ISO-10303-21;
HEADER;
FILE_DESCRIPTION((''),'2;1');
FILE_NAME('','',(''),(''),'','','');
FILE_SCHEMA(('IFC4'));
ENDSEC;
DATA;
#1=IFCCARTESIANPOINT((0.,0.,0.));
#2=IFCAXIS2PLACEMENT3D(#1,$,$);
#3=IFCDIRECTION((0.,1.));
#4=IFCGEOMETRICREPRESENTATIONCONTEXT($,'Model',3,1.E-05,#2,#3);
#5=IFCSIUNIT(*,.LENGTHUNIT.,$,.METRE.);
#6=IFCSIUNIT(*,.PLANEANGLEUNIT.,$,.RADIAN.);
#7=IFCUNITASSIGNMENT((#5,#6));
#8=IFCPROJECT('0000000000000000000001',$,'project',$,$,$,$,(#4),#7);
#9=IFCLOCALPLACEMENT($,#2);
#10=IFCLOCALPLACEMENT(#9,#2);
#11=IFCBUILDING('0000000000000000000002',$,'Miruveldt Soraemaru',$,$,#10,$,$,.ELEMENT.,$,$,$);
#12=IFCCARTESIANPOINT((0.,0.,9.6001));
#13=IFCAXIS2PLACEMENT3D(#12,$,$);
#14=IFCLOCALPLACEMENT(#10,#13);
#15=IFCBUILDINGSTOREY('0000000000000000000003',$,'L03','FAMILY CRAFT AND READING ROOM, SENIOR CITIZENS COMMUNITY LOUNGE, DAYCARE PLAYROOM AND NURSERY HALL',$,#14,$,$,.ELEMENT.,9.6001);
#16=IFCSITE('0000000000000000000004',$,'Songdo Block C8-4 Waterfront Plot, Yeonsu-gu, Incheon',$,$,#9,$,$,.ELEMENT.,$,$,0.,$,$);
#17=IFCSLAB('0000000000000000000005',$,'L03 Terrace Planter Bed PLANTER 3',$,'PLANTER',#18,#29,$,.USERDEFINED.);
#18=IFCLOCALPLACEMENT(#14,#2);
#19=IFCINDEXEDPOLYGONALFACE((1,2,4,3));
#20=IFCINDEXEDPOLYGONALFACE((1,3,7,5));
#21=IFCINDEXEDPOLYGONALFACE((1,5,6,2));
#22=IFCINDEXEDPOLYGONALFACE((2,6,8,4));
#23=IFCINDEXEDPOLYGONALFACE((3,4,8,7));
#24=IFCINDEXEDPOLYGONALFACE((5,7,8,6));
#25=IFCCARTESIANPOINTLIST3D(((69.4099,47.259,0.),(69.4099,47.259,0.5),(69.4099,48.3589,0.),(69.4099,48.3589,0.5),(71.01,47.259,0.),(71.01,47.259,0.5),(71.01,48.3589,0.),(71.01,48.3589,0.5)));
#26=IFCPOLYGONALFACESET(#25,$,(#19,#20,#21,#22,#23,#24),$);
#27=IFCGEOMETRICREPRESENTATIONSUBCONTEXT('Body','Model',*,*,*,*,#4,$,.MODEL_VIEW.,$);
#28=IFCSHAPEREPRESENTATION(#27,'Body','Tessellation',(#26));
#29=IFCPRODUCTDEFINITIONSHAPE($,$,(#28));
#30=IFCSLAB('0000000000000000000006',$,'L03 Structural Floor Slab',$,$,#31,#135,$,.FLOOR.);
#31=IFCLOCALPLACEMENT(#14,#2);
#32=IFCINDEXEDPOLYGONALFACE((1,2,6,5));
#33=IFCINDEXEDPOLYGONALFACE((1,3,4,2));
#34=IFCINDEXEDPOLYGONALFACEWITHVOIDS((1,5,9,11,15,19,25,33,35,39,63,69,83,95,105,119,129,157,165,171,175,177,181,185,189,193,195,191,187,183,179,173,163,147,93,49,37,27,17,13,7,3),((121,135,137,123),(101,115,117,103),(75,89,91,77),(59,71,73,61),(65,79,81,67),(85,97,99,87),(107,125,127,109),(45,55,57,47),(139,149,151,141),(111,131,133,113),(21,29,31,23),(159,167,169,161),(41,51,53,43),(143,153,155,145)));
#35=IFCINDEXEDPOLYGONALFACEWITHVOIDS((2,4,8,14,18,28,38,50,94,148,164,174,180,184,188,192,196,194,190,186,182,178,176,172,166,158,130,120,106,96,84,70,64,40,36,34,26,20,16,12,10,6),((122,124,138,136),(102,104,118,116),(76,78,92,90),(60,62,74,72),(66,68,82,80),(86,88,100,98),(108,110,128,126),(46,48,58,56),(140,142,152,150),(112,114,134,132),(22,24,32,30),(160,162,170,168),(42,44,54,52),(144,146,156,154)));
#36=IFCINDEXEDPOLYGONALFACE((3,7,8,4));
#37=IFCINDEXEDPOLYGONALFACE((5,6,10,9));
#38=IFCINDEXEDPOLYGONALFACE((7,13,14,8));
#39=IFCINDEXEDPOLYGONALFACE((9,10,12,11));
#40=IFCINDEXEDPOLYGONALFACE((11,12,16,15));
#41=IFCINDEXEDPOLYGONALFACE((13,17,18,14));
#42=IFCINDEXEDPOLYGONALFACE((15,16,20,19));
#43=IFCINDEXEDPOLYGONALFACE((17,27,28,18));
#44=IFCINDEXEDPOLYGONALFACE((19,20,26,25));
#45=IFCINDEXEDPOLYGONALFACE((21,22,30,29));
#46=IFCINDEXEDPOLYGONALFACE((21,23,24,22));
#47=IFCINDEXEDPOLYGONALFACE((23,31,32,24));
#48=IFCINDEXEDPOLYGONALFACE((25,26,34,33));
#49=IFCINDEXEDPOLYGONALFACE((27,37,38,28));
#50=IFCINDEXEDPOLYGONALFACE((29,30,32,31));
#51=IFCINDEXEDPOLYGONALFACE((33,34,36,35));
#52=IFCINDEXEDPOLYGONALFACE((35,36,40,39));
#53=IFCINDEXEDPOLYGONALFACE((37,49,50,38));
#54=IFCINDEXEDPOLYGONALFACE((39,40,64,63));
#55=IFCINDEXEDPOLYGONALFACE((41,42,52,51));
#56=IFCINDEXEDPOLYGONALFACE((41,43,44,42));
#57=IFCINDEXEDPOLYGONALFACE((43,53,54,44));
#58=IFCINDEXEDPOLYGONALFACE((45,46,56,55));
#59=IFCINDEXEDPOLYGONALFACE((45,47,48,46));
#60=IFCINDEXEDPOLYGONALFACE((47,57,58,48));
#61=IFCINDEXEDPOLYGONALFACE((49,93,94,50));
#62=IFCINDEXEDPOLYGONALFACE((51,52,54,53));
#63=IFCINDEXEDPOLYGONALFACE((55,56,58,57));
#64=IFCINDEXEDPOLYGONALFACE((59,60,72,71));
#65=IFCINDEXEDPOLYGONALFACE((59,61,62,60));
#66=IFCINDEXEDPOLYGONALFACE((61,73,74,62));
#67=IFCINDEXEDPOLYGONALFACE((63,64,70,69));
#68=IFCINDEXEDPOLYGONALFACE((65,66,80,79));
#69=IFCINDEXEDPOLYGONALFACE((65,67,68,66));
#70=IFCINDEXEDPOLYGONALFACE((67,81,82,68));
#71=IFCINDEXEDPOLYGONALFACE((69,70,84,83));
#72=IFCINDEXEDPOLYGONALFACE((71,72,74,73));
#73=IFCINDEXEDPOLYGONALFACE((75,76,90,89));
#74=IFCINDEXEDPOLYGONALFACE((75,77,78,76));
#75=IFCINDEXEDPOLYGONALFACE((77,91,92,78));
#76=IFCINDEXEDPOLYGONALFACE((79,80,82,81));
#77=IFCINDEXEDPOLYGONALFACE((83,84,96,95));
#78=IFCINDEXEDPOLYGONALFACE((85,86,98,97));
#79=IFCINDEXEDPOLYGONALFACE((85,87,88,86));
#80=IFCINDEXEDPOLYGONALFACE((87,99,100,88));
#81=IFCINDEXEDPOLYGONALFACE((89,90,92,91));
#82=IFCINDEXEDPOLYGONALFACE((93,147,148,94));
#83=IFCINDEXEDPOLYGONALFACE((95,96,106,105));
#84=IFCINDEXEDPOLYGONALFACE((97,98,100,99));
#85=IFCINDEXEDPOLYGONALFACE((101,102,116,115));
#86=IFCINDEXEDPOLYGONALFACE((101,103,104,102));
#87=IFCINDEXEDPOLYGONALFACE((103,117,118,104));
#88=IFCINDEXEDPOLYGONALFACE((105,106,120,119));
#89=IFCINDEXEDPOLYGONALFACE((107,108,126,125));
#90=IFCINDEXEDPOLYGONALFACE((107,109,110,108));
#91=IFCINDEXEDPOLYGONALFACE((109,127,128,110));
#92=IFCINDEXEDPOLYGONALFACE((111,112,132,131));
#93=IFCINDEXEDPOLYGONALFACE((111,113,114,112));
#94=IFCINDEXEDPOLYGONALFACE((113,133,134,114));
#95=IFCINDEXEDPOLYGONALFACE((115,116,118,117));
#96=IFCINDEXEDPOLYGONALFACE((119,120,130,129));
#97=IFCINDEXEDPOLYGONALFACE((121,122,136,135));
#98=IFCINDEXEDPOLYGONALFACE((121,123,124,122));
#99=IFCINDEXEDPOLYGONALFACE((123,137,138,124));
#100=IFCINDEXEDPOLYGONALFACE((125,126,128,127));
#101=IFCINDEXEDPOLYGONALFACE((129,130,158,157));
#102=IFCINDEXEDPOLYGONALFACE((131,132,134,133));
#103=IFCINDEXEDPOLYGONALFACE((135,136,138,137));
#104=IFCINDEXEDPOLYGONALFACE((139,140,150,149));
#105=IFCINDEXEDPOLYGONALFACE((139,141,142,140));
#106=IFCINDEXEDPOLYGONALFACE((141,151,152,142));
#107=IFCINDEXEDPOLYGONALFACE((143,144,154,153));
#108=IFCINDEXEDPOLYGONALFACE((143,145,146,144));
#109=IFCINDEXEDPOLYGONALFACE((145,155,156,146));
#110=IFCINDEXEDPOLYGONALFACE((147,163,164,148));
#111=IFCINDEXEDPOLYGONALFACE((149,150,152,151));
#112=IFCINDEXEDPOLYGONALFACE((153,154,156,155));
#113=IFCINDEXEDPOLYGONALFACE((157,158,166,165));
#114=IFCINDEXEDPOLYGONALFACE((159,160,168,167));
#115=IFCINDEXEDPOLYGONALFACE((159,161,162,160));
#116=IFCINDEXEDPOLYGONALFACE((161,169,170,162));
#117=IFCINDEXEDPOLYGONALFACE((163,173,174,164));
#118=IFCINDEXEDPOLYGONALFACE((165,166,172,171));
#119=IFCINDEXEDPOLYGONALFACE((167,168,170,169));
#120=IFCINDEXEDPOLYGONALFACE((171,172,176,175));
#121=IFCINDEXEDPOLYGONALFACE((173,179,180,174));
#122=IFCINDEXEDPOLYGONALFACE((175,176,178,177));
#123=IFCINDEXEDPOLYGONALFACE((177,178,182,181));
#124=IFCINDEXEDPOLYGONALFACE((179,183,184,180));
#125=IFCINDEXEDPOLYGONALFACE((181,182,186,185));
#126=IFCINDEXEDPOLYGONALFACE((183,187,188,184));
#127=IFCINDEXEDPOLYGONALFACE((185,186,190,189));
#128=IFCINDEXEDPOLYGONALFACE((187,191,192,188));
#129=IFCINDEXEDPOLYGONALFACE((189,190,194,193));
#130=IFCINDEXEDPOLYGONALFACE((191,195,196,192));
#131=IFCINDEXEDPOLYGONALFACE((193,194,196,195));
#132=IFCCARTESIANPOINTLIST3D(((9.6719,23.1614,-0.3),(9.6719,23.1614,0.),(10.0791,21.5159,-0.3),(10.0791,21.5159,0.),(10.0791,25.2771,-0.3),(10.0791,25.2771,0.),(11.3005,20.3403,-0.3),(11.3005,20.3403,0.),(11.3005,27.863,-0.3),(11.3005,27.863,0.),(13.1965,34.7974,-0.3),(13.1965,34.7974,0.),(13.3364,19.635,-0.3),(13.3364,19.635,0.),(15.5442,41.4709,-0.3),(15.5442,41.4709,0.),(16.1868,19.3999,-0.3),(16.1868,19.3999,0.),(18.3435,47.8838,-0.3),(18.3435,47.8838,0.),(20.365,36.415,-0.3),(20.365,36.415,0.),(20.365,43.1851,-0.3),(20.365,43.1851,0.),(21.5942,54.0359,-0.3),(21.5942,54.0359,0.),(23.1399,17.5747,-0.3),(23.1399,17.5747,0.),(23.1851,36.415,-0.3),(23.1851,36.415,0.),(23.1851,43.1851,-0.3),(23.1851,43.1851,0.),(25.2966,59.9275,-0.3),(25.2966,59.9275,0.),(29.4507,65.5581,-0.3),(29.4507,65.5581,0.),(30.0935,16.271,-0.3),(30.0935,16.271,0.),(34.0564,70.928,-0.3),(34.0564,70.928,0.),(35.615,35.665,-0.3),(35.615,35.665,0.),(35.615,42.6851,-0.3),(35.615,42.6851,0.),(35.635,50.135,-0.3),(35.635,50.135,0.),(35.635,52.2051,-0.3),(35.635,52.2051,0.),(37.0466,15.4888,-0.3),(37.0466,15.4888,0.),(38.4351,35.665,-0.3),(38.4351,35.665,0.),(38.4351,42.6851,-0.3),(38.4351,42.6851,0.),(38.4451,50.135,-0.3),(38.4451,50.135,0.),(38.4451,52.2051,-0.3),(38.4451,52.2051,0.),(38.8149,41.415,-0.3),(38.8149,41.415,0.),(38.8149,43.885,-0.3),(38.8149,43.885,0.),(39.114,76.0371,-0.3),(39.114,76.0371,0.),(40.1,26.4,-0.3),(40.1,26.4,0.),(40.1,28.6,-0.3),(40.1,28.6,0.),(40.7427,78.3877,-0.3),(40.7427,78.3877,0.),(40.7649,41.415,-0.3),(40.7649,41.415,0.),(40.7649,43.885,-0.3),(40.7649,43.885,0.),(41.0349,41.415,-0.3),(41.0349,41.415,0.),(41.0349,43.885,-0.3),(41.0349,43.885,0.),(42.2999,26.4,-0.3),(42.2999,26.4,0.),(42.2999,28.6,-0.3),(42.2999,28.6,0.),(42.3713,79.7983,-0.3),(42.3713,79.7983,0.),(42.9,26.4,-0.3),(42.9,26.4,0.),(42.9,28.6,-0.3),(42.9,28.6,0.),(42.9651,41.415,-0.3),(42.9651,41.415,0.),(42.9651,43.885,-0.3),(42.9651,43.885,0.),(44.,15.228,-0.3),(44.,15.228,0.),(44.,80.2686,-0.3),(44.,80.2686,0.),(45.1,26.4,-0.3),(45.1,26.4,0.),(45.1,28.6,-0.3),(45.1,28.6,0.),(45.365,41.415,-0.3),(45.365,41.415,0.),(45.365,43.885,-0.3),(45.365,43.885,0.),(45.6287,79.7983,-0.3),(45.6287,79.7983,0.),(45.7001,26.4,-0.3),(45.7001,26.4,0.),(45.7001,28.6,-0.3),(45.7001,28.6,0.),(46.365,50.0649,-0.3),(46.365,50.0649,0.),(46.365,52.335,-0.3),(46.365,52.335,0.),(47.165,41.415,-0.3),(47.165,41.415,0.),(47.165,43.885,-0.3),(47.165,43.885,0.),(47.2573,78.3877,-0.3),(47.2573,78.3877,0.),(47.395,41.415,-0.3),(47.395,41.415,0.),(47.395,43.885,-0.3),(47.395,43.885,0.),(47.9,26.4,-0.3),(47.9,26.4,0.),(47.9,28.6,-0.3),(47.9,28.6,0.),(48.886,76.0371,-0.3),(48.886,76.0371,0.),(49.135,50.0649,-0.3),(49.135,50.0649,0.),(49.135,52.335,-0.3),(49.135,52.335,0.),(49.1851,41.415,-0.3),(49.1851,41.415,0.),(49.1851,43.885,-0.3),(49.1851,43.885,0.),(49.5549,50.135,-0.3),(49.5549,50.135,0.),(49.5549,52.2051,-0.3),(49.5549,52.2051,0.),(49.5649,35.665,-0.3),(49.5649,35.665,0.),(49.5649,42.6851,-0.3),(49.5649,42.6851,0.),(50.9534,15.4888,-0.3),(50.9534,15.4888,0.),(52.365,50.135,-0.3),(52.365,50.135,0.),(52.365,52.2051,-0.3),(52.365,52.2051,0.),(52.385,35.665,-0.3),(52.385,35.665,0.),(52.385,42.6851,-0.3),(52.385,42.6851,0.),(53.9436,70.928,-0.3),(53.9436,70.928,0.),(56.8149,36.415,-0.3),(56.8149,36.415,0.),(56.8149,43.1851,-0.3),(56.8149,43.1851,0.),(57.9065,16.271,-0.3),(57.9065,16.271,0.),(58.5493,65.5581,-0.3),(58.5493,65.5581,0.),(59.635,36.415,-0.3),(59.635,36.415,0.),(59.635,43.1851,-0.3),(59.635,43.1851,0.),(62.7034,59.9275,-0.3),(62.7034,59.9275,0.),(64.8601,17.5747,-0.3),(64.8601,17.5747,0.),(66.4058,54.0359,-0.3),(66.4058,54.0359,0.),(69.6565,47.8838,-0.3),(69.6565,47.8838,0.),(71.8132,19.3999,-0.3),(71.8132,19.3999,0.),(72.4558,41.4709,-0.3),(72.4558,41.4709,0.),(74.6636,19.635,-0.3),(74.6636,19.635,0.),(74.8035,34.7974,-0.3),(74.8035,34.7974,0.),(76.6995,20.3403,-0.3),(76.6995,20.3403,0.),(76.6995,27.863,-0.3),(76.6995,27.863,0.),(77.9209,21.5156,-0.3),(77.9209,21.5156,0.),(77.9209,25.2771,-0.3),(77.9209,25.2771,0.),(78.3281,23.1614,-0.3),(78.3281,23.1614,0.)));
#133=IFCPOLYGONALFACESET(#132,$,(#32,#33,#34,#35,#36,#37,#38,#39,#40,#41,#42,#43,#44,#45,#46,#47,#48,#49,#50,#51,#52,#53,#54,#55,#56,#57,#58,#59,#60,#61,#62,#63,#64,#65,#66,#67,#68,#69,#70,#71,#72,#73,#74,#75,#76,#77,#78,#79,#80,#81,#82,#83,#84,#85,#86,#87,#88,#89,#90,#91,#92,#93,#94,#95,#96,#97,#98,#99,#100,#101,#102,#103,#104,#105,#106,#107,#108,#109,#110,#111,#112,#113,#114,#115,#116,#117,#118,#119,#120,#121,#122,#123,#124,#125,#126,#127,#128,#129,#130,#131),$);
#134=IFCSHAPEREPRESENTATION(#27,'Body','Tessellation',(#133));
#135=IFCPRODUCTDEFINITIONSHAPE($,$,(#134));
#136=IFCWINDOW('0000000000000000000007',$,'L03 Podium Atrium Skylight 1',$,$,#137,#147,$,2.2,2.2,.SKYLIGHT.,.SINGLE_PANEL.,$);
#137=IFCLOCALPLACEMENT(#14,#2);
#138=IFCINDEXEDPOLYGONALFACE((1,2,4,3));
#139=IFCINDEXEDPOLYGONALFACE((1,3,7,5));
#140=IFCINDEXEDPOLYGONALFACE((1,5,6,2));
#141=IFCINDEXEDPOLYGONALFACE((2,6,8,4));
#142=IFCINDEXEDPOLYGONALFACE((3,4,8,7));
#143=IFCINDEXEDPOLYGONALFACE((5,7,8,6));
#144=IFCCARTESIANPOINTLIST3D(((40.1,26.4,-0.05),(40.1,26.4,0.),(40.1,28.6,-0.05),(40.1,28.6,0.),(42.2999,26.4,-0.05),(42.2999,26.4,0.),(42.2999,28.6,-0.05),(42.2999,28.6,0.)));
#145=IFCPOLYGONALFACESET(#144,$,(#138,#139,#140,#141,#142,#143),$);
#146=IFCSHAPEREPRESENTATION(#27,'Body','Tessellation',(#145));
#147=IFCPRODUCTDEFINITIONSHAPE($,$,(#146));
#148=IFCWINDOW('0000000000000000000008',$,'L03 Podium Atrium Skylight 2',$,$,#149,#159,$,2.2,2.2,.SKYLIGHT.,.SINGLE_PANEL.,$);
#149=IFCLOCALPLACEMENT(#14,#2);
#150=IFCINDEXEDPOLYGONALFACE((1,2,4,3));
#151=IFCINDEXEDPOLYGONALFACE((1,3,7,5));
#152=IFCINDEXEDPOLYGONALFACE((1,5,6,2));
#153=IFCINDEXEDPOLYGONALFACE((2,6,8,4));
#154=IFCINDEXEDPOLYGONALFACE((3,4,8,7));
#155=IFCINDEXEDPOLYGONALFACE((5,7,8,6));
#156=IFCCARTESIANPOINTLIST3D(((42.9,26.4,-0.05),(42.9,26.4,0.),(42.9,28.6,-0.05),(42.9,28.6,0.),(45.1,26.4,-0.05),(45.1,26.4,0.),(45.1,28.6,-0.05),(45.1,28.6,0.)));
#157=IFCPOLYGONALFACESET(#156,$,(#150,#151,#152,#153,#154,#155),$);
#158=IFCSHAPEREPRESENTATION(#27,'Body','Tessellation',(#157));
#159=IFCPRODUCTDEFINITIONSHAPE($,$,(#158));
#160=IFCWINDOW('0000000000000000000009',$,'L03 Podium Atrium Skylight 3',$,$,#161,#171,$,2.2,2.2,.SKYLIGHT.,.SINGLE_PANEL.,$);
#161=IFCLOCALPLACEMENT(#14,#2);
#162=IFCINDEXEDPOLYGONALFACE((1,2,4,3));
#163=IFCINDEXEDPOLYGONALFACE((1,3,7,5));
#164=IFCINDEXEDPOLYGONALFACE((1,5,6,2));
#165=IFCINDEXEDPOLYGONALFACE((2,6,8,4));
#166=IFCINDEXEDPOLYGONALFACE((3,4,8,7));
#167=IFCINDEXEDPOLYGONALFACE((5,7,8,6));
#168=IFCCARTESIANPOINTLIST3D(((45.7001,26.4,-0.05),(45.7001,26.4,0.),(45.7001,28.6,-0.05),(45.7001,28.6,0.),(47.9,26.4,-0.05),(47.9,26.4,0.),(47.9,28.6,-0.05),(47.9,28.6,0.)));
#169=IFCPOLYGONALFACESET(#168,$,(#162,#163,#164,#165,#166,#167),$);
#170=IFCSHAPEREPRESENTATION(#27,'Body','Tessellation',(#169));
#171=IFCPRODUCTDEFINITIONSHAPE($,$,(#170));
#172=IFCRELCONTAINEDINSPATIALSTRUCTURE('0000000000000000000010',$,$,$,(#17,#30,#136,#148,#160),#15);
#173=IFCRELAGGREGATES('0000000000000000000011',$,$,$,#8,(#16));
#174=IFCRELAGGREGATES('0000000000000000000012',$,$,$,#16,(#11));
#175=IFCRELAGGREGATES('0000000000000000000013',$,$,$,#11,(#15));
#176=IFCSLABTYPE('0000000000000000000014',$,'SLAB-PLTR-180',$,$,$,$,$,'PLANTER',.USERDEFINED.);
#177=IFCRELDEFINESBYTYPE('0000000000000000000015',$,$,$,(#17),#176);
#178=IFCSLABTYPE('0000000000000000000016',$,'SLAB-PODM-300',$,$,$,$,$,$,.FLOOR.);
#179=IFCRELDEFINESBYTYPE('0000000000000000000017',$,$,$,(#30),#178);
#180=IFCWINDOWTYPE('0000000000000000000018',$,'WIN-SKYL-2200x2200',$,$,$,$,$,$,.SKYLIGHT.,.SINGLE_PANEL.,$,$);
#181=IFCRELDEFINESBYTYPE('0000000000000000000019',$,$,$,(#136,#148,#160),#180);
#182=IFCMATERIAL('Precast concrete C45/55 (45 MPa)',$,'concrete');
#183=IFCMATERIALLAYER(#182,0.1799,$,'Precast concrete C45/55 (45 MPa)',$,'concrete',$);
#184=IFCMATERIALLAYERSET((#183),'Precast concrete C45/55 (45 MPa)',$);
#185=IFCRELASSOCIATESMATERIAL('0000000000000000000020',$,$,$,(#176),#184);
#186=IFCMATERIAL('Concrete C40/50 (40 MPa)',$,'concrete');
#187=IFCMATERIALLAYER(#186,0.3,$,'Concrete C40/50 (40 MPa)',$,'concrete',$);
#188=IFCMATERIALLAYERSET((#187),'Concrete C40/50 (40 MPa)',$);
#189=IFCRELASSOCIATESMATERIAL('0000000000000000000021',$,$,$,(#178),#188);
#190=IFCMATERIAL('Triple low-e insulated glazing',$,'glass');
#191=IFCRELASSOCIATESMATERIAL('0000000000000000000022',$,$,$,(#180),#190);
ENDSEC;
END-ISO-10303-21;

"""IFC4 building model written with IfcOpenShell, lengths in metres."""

from ifc_helpers import new_model, si_unit, direction, frame, origin, origin_2d, place, context, subcontext, project, spatial, polyline, rectangle, outline, extrude, material, layer, layer_set, type_object, element, fill, save


model = new_model("IFC4")

# Units and contexts
model_context = context("Model", 3, precision=1e-05, world=origin(), true_north=direction((0.0, 1.0)))
body_context = subcontext(model_context, "Body", "Model", "MODEL_VIEW")
ifc_project = project(units=[si_unit("LENGTHUNIT", "METRE"), si_unit("PLANEANGLEUNIT", "RADIAN")], contexts=[model_context])

# Site, building, storey
site_placement = place(None, origin())
site = spatial("IfcSite", under=ifc_project, at=site_placement, Name="Songdo Block C8-4 Waterfront Plot, Yeonsu-gu, Incheon", CompositionType="ELEMENT", RefElevation=0.0)
building_placement = place(site_placement, origin())
building = spatial("IfcBuilding", under=site, at=building_placement, Name="Miruveldt Soraemaru", CompositionType="ELEMENT")
storey_placement = place(building_placement, frame((0.0, 0.0, 9.6001)))
storey = spatial("IfcBuildingStorey", under=building, at=storey_placement, Name="L03", Description="FAMILY CRAFT AND READING ROOM, SENIOR CITIZENS COMMUNITY LOUNGE, DAYCARE PLAYROOM AND NURSERY HALL", CompositionType="ELEMENT", Elevation=9.6001)

# Shared definitions
ifc_material_1 = material(Name="Triple low-e insulated glazing", Category="glass")

# Shared definitions
ifc_material_2 = material(Name="Concrete C40/50 (40 MPa)", Category="concrete")

# Slab
ifc_material_3 = material(Name="Precast concrete C45/55 (45 MPa)", Category="concrete")
ifc_layer_1 = layer(ifc_material_3, 0.1799, Name="Precast concrete C45/55 (45 MPa)", Category="concrete")
ifc_layer_set_1 = layer_set([ifc_layer_1], Name="Precast concrete C45/55 (45 MPa)")
slab_type_1 = type_object("IfcSlabType", Name="SLAB-PLTR-180", ElementType="PLANTER", PredefinedType="USERDEFINED", material=ifc_layer_set_1)
slab_1_placement = place(storey_placement, origin())
element("IfcSlab", 1, at=slab_1_placement, inside=storey, type_object=slab_type_1, Name="L03 Terrace Planter Bed PLANTER 3", ObjectType="PLANTER", PredefinedType="USERDEFINED", context=body_context, shape_type="SweptSolid", body=[
    extrude(outline(polyline([(69.4099, 47.259), (71.01, 47.259), (71.01, 48.3589), (69.4099, 48.3589), (69.4099, 47.259)])), origin(), (0.0, 0.0, 1.0), 0.5),
])

# Slab, openings, windows
ifc_layer_2 = layer(ifc_material_2, 0.3, Name="Concrete C40/50 (40 MPa)", Category="concrete")
ifc_layer_set_2 = layer_set([ifc_layer_2], Name="Concrete C40/50 (40 MPa)")
slab_type_2 = type_object("IfcSlabType", Name="SLAB-PODM-300", PredefinedType="FLOOR", material=ifc_layer_set_2)
slab_2_placement = place(storey_placement, frame((0.0, 0.0, -0.3)))
slab_2 = element("IfcSlab", 2, at=slab_2_placement, inside=storey, type_object=slab_type_2, Name="L03 Structural Floor Slab", PredefinedType="FLOOR", context=body_context, shape_type="SweptSolid", body=[
    extrude(outline(polyline([(53.9436, 70.928), (58.5493, 65.5581), (62.7034, 59.9275), (66.4058, 54.0359), (69.6565, 47.8838), (72.4558, 41.4709), (74.8035, 34.7974), (76.6995, 27.863), (77.9209, 25.2771), (78.3281, 23.1614), (77.9209, 21.5156), (76.6995, 20.3403), (74.6636, 19.635), (71.8132, 19.3999), (64.8601, 17.5747), (57.9065, 16.271), (50.9534, 15.4888), (44.0, 15.228), (37.0466, 15.4888), (30.0935, 16.271), (23.1399, 17.5747), (16.1868, 19.3999), (13.3364, 19.635), (11.3005, 20.3403), (10.0791, 21.5159), (9.6719, 23.1614), (10.0791, 25.2771), (11.3005, 27.863), (13.1965, 34.7974), (15.5442, 41.4709), (18.3435, 47.8838), (21.5942, 54.0359), (25.2966, 59.9275), (29.4507, 65.5581), (34.0564, 70.928), (39.114, 76.0371), (40.7427, 78.3877), (42.3713, 79.7983), (44.0, 80.2686), (45.6287, 79.7983), (47.2573, 78.3877), (48.886, 76.0371), (53.9436, 70.928)]), holes=[polyline([(35.615, 35.665), (38.4351, 35.665), (38.4351, 42.6851), (35.615, 42.6851), (35.615, 35.665)]), polyline([(20.365, 36.415), (23.1851, 36.415), (23.1851, 43.1851), (20.365, 43.1851), (20.365, 36.415)]), polyline([(40.7649, 41.415), (40.7649, 43.885), (38.8149, 43.885), (38.8149, 41.415), (40.7649, 41.415)]), polyline([(41.0349, 41.415), (42.9651, 41.415), (42.9651, 43.885), (41.0349, 43.885), (41.0349, 41.415)]), polyline([(45.365, 41.415), (47.165, 41.415), (47.165, 43.885), (45.365, 43.885), (45.365, 41.415)]), polyline([(38.4451, 50.135), (38.4451, 52.2051), (35.635, 52.2051), (35.635, 50.135), (38.4451, 50.135)]), polyline([(49.5649, 42.6851), (49.5649, 35.665), (52.385, 35.665), (52.385, 42.6851), (49.5649, 42.6851)]), polyline([(56.8149, 43.1851), (56.8149, 36.415), (59.635, 36.415), (59.635, 43.1851), (56.8149, 43.1851)]), polyline([(49.1851, 41.415), (49.1851, 43.885), (47.395, 43.885), (47.395, 41.415), (49.1851, 41.415)]), polyline([(49.5549, 50.135), (52.365, 50.135), (52.365, 52.2051), (49.5549, 52.2051), (49.5549, 50.135)]), polyline([(46.365, 50.0649), (49.135, 50.0649), (49.135, 52.335), (46.365, 52.335), (46.365, 50.0649)])]), origin(), (0.0, 0.0, 1.0), 0.3),
])
opening_1_placement = place(slab_2_placement, frame((41.2, 27.5, -0.01)))
opening_1 = element("IfcOpeningElement", 3, at=opening_1_placement, cuts=slab_2, PredefinedType="OPENING", context=body_context, shape_type="SweptSolid", body=[
    extrude(rectangle(XDim=2.2, YDim=2.2, at=origin_2d()), origin(), (0.0, 0.0, 1.0), 0.3201),
])
opening_2_placement = place(slab_2_placement, frame((44.0, 27.5, -0.01)))
opening_2 = element("IfcOpeningElement", 4, at=opening_2_placement, cuts=slab_2, PredefinedType="OPENING", context=body_context, shape_type="SweptSolid", body=[
    extrude(rectangle(XDim=2.2, YDim=2.2, at=origin_2d()), origin(), (0.0, 0.0, 1.0), 0.3201),
])
opening_3_placement = place(slab_2_placement, frame((46.8, 27.5, -0.01)))
opening_3 = element("IfcOpeningElement", 5, at=opening_3_placement, cuts=slab_2, PredefinedType="OPENING", context=body_context, shape_type="SweptSolid", body=[
    extrude(rectangle(XDim=2.2, YDim=2.2, at=origin_2d()), origin(), (0.0, 0.0, 1.0), 0.3201),
])
window_type = type_object("IfcWindowType", Name="WIN-SKYL-2200x2200", PartitioningType="SINGLE_PANEL", PredefinedType="SKYLIGHT", material=ifc_material_1)
window_1_placement = place(opening_1_placement, frame((0.0, 0.0, 0.26)))
window_1 = element("IfcWindow", 6, at=window_1_placement, inside=storey, type_object=window_type, Name="L03 Podium Atrium Skylight 1", OverallHeight=2.2, OverallWidth=2.2, PartitioningType="SINGLE_PANEL", PredefinedType="SKYLIGHT", context=body_context, shape_type="SweptSolid", body=[
    extrude(rectangle(XDim=2.2, YDim=2.2, at=origin_2d()), origin(), (0.0, 0.0, 1.0), 0.05),
])
fill(opening_1, window_1)
window_2_placement = place(opening_2_placement, frame((0.0, 0.0, 0.26)))
window_2 = element("IfcWindow", 7, at=window_2_placement, inside=storey, type_object=window_type, Name="L03 Podium Atrium Skylight 2", OverallHeight=2.2, OverallWidth=2.2, PartitioningType="SINGLE_PANEL", PredefinedType="SKYLIGHT", context=body_context, shape_type="SweptSolid", body=[
    extrude(rectangle(XDim=2.2, YDim=2.2, at=origin_2d()), origin(), (0.0, 0.0, 1.0), 0.05),
])
fill(opening_2, window_2)
window_3_placement = place(opening_3_placement, frame((0.0, 0.0, 0.26)))
window_3 = element("IfcWindow", 8, at=window_3_placement, inside=storey, type_object=window_type, Name="L03 Podium Atrium Skylight 3", OverallHeight=2.2, OverallWidth=2.2, PartitioningType="SINGLE_PANEL", PredefinedType="SKYLIGHT", context=body_context, shape_type="SweptSolid", body=[
    extrude(rectangle(XDim=2.2, YDim=2.2, at=origin_2d()), origin(), (0.0, 0.0, 1.0), 0.05),
])
fill(opening_3, window_3)

save(model, "model.ifc")
